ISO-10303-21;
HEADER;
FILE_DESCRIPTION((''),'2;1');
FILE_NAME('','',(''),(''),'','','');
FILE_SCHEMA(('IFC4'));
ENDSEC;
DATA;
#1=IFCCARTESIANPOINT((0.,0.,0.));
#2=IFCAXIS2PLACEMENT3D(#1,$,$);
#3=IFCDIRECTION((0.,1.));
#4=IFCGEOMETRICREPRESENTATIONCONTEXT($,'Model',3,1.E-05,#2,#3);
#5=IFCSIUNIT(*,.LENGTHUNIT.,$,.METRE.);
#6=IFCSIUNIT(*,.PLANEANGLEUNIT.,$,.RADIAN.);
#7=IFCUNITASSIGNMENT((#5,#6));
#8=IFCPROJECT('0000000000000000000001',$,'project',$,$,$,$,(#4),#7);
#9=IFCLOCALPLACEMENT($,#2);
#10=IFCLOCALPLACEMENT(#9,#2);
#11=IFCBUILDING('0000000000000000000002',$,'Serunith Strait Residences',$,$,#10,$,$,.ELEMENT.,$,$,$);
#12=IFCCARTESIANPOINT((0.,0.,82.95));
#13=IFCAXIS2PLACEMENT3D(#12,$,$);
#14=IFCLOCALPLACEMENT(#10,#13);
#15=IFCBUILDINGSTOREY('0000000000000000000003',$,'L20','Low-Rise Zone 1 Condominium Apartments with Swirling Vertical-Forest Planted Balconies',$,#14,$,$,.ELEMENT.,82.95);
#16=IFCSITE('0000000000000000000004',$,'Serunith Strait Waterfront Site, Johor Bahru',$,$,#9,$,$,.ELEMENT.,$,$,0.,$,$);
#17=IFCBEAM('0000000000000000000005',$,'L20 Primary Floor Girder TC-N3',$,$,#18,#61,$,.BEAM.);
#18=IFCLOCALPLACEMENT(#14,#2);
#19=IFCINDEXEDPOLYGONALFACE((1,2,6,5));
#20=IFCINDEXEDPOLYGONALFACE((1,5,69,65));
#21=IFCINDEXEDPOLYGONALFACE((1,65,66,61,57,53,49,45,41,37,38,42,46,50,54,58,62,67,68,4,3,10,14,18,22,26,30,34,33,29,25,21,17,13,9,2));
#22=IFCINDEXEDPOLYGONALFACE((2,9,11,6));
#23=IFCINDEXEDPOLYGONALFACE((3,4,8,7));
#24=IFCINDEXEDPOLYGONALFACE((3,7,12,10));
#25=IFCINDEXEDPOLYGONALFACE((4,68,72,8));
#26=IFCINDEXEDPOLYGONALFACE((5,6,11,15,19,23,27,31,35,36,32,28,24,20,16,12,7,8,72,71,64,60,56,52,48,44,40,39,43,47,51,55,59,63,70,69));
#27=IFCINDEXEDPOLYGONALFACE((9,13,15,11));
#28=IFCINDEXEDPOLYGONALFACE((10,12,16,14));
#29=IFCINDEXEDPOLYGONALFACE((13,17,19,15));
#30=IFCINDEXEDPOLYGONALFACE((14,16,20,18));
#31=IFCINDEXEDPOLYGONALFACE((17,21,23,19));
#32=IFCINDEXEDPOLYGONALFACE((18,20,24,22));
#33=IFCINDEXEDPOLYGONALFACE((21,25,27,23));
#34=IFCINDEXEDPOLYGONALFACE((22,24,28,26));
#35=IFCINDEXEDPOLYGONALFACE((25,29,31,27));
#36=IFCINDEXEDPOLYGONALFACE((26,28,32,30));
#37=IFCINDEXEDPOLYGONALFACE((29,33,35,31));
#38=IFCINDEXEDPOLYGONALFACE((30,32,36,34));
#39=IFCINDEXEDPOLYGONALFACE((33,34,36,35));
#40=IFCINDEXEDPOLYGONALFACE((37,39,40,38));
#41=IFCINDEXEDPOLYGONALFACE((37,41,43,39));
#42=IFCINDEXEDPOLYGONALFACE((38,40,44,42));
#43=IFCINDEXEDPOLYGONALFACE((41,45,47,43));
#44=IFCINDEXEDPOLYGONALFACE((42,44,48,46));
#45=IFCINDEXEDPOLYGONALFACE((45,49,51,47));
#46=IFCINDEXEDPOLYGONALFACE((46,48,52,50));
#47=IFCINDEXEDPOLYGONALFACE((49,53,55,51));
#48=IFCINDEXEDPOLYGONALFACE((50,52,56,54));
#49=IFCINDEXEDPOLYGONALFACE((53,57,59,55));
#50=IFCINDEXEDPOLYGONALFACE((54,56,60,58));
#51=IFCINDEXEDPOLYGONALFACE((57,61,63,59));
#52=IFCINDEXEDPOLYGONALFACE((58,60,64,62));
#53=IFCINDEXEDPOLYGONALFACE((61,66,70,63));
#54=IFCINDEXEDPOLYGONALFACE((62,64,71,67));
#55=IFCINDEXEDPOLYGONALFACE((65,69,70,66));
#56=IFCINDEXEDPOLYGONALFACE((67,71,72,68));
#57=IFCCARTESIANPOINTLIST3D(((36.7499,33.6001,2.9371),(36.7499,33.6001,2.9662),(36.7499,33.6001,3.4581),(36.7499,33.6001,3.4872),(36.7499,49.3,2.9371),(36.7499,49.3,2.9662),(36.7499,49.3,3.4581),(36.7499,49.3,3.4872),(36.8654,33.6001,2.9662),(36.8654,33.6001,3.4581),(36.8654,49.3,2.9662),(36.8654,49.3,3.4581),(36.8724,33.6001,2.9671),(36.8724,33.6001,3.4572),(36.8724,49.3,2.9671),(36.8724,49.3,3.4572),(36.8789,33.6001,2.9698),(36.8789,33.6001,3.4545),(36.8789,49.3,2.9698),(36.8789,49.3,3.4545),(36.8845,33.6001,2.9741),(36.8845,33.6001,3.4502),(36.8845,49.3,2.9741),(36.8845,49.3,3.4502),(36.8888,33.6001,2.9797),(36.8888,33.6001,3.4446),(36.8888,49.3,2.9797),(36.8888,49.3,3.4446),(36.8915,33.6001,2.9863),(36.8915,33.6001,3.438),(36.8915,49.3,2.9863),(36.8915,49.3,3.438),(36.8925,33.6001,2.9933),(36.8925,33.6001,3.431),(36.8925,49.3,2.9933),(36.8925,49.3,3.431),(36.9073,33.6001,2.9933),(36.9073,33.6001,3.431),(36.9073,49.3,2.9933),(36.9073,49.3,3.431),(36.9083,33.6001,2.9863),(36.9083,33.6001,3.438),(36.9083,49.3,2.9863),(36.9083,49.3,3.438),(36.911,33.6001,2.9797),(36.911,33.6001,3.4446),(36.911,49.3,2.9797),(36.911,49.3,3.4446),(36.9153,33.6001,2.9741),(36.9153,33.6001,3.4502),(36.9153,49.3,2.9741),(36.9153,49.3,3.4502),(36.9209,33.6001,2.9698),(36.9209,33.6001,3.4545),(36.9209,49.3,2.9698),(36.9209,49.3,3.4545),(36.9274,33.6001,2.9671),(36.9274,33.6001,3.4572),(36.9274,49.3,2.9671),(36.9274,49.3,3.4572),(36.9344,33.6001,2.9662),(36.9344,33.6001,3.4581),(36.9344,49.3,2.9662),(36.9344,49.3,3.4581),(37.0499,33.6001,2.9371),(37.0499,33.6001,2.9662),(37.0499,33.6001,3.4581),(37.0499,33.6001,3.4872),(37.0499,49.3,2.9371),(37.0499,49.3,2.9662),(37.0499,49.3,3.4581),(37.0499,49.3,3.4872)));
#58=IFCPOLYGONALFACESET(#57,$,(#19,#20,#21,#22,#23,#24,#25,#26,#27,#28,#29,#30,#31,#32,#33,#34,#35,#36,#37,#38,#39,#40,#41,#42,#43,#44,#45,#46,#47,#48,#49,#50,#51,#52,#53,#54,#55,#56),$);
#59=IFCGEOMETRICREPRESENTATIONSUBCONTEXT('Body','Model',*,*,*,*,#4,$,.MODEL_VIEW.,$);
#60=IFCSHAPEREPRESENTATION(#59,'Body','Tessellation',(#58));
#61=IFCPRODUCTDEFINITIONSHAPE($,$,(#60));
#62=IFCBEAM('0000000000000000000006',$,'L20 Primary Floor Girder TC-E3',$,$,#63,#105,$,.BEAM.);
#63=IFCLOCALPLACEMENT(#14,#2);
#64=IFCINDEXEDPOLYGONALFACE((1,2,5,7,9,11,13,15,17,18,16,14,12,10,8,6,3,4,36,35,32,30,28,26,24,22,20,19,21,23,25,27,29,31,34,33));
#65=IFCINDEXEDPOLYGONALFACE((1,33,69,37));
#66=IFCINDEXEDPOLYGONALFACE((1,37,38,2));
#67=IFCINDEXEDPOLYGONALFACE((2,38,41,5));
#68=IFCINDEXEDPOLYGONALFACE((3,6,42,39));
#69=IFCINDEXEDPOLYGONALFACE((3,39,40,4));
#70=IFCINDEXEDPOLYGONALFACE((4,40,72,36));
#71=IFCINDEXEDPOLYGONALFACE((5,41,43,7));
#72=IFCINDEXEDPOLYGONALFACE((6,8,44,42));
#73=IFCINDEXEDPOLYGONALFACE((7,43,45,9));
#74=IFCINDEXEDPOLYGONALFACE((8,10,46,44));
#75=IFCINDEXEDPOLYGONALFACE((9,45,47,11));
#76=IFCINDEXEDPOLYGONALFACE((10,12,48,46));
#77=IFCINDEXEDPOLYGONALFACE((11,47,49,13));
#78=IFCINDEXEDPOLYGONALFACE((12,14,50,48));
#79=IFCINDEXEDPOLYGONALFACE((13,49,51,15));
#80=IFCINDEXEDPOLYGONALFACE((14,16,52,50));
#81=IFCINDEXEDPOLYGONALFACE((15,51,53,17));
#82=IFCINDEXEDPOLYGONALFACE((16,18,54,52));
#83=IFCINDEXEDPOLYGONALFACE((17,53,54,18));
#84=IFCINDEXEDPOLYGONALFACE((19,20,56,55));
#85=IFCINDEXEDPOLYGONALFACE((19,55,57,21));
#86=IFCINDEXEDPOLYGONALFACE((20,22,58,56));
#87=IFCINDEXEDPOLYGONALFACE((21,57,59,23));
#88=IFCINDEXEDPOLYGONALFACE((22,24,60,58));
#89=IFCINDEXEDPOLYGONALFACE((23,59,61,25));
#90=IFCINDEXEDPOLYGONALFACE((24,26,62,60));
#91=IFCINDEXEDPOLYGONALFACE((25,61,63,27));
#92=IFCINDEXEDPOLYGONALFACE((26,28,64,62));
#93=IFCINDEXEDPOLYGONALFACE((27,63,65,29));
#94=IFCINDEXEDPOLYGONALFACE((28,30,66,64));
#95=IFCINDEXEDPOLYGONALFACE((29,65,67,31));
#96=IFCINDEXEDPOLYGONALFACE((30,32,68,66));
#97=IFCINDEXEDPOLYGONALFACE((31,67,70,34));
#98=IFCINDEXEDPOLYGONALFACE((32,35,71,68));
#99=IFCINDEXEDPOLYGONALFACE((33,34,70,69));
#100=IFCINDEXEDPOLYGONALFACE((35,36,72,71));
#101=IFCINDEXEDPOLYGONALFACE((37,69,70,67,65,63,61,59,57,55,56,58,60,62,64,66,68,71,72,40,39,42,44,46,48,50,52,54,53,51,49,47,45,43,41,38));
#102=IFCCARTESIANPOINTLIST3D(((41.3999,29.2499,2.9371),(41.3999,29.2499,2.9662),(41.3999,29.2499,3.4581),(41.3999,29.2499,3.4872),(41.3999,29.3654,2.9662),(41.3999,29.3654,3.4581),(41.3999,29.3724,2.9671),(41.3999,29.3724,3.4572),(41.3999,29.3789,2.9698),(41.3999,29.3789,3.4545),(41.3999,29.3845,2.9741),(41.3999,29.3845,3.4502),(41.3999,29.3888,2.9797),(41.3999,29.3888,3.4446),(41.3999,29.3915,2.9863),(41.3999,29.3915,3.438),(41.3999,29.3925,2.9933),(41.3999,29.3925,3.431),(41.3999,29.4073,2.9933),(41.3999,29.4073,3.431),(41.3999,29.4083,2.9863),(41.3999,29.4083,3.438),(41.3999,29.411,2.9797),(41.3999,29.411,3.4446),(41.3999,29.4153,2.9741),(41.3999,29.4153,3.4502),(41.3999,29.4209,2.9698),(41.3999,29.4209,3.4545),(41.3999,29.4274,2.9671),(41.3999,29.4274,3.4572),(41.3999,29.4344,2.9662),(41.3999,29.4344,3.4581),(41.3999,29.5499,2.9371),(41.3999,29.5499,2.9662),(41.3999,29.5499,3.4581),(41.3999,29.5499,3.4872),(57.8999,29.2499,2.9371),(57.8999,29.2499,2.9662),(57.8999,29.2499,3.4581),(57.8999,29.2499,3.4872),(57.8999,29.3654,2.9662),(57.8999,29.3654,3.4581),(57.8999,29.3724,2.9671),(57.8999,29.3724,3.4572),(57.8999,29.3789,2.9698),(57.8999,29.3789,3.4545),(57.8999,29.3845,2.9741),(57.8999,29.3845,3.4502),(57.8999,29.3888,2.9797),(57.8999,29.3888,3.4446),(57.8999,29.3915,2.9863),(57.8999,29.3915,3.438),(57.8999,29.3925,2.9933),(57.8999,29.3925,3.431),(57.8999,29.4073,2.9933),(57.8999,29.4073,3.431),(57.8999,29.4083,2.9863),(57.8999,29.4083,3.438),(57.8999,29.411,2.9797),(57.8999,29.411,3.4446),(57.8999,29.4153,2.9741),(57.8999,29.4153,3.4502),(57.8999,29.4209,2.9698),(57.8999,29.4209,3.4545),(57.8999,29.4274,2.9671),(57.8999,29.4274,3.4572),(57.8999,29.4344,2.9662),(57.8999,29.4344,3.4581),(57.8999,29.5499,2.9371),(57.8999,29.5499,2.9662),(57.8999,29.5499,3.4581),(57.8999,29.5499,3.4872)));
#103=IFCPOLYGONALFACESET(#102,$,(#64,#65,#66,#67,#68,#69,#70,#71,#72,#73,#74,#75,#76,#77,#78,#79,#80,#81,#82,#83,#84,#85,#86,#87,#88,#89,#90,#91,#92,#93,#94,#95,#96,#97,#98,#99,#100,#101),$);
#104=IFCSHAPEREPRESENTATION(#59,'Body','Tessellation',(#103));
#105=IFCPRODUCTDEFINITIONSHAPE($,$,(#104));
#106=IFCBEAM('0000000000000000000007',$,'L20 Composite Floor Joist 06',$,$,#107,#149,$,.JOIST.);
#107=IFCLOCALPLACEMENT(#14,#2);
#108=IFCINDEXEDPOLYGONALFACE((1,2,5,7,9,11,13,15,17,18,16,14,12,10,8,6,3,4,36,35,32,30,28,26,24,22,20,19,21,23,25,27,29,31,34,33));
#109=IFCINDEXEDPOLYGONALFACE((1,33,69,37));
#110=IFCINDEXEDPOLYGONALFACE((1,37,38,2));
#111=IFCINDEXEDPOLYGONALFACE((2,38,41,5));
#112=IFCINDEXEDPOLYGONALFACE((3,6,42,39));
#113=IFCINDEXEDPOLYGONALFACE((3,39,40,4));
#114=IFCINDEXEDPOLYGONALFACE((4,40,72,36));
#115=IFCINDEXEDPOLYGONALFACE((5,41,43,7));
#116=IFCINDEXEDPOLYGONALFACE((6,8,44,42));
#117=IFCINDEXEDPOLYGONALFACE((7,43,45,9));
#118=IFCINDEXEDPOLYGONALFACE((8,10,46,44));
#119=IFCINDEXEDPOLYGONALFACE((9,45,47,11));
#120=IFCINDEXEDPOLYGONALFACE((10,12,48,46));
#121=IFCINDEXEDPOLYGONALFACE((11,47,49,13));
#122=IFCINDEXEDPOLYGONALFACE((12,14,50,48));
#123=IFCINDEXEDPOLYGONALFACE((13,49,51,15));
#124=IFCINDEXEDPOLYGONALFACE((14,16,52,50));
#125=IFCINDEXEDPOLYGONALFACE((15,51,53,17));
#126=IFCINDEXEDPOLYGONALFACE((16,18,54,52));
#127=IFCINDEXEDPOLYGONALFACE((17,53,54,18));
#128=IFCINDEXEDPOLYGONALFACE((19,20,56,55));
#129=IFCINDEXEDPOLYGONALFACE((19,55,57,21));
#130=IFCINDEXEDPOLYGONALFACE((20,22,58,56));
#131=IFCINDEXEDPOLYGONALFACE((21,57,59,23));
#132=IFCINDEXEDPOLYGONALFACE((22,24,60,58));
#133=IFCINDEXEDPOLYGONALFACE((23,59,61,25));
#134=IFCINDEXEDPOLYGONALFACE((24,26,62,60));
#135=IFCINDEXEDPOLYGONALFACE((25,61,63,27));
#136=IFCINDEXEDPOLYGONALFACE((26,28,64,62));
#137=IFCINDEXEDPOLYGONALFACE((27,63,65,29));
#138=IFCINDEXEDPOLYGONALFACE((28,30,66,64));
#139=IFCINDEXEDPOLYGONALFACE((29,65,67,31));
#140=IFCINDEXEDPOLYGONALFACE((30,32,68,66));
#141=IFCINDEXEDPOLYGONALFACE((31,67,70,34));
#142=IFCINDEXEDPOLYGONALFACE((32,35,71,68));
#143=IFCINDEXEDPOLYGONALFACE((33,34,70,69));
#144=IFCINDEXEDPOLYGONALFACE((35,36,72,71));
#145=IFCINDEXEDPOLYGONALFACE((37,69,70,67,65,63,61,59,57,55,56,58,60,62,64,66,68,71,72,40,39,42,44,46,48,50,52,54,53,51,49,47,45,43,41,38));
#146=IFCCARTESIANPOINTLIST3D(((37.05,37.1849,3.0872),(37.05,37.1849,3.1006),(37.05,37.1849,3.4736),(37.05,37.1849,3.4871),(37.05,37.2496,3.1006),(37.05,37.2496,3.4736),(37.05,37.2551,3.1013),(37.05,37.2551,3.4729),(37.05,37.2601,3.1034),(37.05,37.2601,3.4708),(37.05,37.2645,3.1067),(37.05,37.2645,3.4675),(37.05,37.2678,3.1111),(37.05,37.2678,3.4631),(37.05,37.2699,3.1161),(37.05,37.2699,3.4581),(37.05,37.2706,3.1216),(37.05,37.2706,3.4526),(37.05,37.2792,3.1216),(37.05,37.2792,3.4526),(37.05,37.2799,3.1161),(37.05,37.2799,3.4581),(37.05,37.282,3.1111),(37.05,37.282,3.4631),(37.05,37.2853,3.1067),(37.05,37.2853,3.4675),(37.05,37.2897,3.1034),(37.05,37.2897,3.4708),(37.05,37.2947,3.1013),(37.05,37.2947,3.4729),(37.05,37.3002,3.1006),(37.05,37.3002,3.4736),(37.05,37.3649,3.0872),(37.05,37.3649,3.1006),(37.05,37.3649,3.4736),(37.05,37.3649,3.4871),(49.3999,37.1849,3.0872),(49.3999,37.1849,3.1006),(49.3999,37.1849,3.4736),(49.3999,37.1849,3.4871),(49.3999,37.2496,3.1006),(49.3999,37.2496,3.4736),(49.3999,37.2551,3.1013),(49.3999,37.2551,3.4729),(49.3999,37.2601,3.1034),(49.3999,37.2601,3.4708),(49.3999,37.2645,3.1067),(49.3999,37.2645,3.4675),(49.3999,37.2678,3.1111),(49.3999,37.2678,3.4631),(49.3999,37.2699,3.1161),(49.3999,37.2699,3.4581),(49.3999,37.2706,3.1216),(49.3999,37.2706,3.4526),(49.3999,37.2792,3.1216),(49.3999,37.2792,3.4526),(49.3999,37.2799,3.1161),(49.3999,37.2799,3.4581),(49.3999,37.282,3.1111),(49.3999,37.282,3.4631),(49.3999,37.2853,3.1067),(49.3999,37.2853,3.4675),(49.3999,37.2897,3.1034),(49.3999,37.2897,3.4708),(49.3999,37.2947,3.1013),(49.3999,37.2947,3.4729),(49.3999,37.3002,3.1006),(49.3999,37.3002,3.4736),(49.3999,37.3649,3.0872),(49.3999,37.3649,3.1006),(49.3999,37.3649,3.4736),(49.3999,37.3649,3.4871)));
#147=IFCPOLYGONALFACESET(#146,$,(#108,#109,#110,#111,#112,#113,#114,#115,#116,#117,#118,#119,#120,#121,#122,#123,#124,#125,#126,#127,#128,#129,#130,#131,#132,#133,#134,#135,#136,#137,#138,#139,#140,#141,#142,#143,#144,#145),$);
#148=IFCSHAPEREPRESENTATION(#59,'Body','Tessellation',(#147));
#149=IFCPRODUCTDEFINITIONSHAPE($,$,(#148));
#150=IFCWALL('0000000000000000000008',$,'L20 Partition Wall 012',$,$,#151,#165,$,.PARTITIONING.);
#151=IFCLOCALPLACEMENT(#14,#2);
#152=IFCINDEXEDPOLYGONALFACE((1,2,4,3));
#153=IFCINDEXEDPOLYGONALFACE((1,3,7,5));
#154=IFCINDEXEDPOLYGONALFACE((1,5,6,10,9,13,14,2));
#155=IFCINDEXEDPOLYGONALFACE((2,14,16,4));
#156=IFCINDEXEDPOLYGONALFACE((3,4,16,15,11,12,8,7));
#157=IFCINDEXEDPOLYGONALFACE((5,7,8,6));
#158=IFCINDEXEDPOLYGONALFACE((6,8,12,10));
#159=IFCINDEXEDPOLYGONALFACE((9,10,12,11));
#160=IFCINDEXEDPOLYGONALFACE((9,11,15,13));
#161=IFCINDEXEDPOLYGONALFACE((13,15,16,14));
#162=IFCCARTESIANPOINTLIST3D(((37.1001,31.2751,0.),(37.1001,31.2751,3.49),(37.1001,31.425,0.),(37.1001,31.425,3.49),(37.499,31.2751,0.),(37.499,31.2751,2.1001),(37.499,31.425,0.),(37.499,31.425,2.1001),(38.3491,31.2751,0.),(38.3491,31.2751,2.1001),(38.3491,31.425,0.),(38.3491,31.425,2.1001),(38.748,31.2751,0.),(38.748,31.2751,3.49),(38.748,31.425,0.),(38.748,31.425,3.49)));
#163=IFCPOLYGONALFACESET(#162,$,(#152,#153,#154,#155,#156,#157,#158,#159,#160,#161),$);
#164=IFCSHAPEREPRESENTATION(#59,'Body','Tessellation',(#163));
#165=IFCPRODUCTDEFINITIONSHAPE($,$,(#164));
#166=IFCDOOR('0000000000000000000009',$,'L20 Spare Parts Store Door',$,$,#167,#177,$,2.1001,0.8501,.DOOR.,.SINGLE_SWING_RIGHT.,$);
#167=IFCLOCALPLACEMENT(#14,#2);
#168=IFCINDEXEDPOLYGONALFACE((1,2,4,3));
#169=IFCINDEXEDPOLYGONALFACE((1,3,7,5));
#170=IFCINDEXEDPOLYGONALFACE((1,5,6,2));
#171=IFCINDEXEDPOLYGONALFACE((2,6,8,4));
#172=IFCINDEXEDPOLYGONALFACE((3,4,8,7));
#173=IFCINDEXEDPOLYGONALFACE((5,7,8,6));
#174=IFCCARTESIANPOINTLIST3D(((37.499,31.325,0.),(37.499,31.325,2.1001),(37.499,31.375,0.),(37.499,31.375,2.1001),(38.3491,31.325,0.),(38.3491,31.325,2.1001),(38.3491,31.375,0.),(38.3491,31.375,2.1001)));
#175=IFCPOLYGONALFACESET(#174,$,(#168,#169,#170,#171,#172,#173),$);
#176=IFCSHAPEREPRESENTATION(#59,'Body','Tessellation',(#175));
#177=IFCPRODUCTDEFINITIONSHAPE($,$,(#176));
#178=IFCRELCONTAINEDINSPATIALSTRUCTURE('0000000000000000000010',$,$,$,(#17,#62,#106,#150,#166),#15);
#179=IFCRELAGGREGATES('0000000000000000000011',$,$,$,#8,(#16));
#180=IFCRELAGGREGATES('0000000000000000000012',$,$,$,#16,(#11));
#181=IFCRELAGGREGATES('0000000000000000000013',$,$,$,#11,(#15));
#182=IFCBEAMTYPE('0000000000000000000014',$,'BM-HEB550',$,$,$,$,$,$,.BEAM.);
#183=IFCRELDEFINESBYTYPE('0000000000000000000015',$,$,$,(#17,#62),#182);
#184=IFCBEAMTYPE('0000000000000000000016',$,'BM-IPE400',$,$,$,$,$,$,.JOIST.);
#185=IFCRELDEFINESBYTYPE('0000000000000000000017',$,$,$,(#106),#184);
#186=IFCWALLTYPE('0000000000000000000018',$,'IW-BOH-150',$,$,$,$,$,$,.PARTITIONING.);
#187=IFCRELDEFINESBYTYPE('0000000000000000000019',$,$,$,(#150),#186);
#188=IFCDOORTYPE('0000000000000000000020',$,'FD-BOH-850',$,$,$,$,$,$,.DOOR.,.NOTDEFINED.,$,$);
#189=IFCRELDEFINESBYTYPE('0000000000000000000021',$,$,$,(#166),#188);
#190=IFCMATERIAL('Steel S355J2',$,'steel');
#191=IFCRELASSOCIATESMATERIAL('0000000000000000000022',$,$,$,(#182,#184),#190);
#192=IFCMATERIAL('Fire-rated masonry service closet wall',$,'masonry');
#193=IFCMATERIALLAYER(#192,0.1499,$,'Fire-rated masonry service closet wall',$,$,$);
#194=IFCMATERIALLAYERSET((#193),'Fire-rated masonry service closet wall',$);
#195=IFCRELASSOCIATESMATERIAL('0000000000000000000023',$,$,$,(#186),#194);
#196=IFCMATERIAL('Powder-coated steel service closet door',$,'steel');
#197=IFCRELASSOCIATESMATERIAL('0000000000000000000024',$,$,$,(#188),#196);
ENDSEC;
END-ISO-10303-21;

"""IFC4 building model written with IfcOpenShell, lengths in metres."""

from ifc_helpers import new_model, si_unit, direction, frame, frame_2d, origin, origin_2d, place, context, subcontext, project, spatial, rectangle, i_section, extrude, source, transform, mapped, material, layer, layer_set, material_profile, profile_set, type_object, element, fill, save


model = new_model("IFC4")

# Units and contexts
model_context = context("Model", 3, precision=1e-05, world=origin(), true_north=direction((0.0, 1.0)))
body_context = subcontext(model_context, "Body", "Model", "MODEL_VIEW")
ifc_project = project(units=[si_unit("LENGTHUNIT", "METRE"), si_unit("PLANEANGLEUNIT", "RADIAN")], contexts=[model_context])

# Site, building, storey
site_placement = place(None, origin())
site = spatial("IfcSite", under=ifc_project, at=site_placement, Name="Serunith Strait Waterfront Site, Johor Bahru", CompositionType="ELEMENT", RefElevation=0.0)
building_placement = place(site_placement, origin())
building = spatial("IfcBuilding", under=site, at=building_placement, Name="Serunith Strait Residences", CompositionType="ELEMENT")
storey_placement = place(building_placement, frame((0.0, 0.0, 82.95)))
storey = spatial("IfcBuildingStorey", under=building, at=storey_placement, Name="L20", Description="Low-Rise Zone 1 Condominium Apartments with Swirling Vertical-Forest Planted Balconies", CompositionType="ELEMENT", Elevation=82.95)

# Beams
ifc_material_1 = material(Name="Steel S355J2", Category="steel")
ifc_material_profile_1 = material_profile(ifc_material_1, i_section(OverallWidth=0.3, OverallDepth=0.55, WebThickness=0.0149, FlangeThickness=0.0291, FilletRadius=0.0271, at=origin_2d()), Name="HEB 550")
ifc_profile_set_1 = profile_set([ifc_material_profile_1], Name="Steel S355J2")
beam_type_1 = type_object("IfcBeamType", Name="BM-HEB550", PredefinedType="BEAM", material=ifc_profile_set_1)
shared_shape_1 = source(origin(), body_context, "Body", "SweptSolid", [
    extrude(i_section(OverallWidth=0.3, OverallDepth=0.55, WebThickness=0.0149, FlangeThickness=0.0291, FilletRadius=0.0271, at=origin_2d()), origin(), (0.0, 0.0, 1.0), 15.7),
])
beam_1_placement = place(storey_placement, frame((36.8999, 33.6001, 3.2122), z_axis=(0.0, 1.0, 0.0), x_axis=(-1.0, 0.0, 0.0)))
element("IfcBeam", 1, at=beam_1_placement, inside=storey, type_object=beam_type_1, Name="L20 Primary Floor Girder TC-N3", PredefinedType="BEAM", context=body_context, shape_type="MappedRepresentation", body=[
    mapped(shared_shape_1, transform((0.0, 0.0, 0.0), scale=1.0)),
])
shared_shape_2 = source(origin(), body_context, "Body", "SweptSolid", [
    extrude(i_section(OverallWidth=0.3, OverallDepth=0.55, WebThickness=0.0149, FlangeThickness=0.0291, FilletRadius=0.0271, at=origin_2d()), origin(), (0.0, 0.0, 1.0), 16.5),
])
beam_2_placement = place(storey_placement, frame((41.3999, 29.3999, 3.2122), z_axis=(1.0, 0.0, 0.0), x_axis=(0.0, 1.0, 0.0)))
element("IfcBeam", 2, at=beam_2_placement, inside=storey, type_object=beam_type_1, Name="L20 Primary Floor Girder TC-E3", PredefinedType="BEAM", context=body_context, shape_type="MappedRepresentation", body=[
    mapped(shared_shape_2, transform((0.0, 0.0, 0.0), scale=1.0)),
])
ifc_material_profile_2 = material_profile(ifc_material_1, i_section(OverallWidth=0.1799, OverallDepth=0.3999, WebThickness=0.0085, FlangeThickness=0.0134, FilletRadius=0.021, at=origin_2d()), Name="IPE 400")
ifc_profile_set_2 = profile_set([ifc_material_profile_2], Name="Steel S355J2")
beam_type_2 = type_object("IfcBeamType", Name="BM-IPE400", PredefinedType="JOIST", material=ifc_profile_set_2)
shared_shape_3 = source(origin(), body_context, "Body", "SweptSolid", [
    extrude(i_section(OverallWidth=0.1799, OverallDepth=0.3999, WebThickness=0.0085, FlangeThickness=0.0134, FilletRadius=0.021, at=origin_2d()), origin(), (0.0, 0.0, 1.0), 12.3499),
])
beam_3_placement = place(storey_placement, frame((37.05, 37.2749, 3.2871), z_axis=(1.0, 0.0, 0.0), x_axis=(0.0, 1.0, 0.0)))
element("IfcBeam", 3, at=beam_3_placement, inside=storey, type_object=beam_type_2, Name="L20 Composite Floor Joist 06", PredefinedType="JOIST", context=body_context, shape_type="MappedRepresentation", body=[
    mapped(shared_shape_3, transform((0.0, 0.0, 0.0), scale=1.0)),
])

# Wall, opening, door
ifc_material_2 = material(Name="Fire-rated masonry service closet wall", Category="masonry")
ifc_layer_1 = layer(ifc_material_2, 0.1499, Name="Fire-rated masonry service closet wall")
ifc_layer_set_1 = layer_set([ifc_layer_1], Name="Fire-rated masonry service closet wall")
wall_type_1 = type_object("IfcWallType", Name="IW-BOH-150", PredefinedType="PARTITIONING", material=ifc_layer_set_1)
wall_1_placement = place(storey_placement, frame((37.1001, 31.3501, 0.0), z_axis=(0.0, 0.0, 1.0), x_axis=(1.0, 0.0, 0.0)))
wall_1 = element("IfcWall", 4, at=wall_1_placement, inside=storey, type_object=wall_type_1, Name="L20 Partition Wall 012", PredefinedType="PARTITIONING", context=body_context, shape_type="SweptSolid", body=[
    extrude(rectangle(XDim=1.6479, YDim=0.1499, at=frame_2d((0.824, 0.0))), origin(), (0.0, 0.0, 1.0), 3.49),
])
opening_1_placement = place(wall_1_placement, frame((0.3989, 0.0, 0.0)))
opening_1 = element("IfcOpeningElement", 5, at=opening_1_placement, cuts=wall_1, PredefinedType="OPENING", context=body_context, shape_type="SweptSolid", body=[
    extrude(rectangle(XDim=0.8501, YDim=2.1001, at=frame_2d((0.425, 1.05))), frame((0.0, 0.085, 0.0), z_axis=(0.0, -1.0, 0.0), x_axis=(1.0, 0.0, 0.0)), (0.0, 0.0, 1.0), 0.1699),
])
ifc_material_3 = material(Name="Powder-coated steel service closet door", Category="steel")
door_type_1 = type_object("IfcDoorType", Name="FD-BOH-850", OperationType="NOTDEFINED", PredefinedType="DOOR", material=ifc_material_3)
shared_shape_4 = source(origin(), body_context, "Body", "SweptSolid", [
    extrude(rectangle(XDim=0.8501, YDim=2.1001, at=frame_2d((0.425, 1.05))), frame((0.0, 0.0249, 0.0), z_axis=(0.0, -1.0, 0.0), x_axis=(1.0, 0.0, 0.0)), (0.0, 0.0, 1.0), 0.05),
])
door_1_placement = place(opening_1_placement, origin())
door_1 = element("IfcDoor", 6, at=door_1_placement, inside=storey, type_object=door_type_1, Name="L20 Spare Parts Store Door", OperationType="SINGLE_SWING_RIGHT", OverallHeight=2.1001, OverallWidth=0.8501, PredefinedType="DOOR", context=body_context, shape_type="MappedRepresentation", body=[
    mapped(shared_shape_4, transform((0.0, 0.0, 0.0), scale=1.0)),
])
fill(opening_1, door_1)

save(model, "model.ifc")
